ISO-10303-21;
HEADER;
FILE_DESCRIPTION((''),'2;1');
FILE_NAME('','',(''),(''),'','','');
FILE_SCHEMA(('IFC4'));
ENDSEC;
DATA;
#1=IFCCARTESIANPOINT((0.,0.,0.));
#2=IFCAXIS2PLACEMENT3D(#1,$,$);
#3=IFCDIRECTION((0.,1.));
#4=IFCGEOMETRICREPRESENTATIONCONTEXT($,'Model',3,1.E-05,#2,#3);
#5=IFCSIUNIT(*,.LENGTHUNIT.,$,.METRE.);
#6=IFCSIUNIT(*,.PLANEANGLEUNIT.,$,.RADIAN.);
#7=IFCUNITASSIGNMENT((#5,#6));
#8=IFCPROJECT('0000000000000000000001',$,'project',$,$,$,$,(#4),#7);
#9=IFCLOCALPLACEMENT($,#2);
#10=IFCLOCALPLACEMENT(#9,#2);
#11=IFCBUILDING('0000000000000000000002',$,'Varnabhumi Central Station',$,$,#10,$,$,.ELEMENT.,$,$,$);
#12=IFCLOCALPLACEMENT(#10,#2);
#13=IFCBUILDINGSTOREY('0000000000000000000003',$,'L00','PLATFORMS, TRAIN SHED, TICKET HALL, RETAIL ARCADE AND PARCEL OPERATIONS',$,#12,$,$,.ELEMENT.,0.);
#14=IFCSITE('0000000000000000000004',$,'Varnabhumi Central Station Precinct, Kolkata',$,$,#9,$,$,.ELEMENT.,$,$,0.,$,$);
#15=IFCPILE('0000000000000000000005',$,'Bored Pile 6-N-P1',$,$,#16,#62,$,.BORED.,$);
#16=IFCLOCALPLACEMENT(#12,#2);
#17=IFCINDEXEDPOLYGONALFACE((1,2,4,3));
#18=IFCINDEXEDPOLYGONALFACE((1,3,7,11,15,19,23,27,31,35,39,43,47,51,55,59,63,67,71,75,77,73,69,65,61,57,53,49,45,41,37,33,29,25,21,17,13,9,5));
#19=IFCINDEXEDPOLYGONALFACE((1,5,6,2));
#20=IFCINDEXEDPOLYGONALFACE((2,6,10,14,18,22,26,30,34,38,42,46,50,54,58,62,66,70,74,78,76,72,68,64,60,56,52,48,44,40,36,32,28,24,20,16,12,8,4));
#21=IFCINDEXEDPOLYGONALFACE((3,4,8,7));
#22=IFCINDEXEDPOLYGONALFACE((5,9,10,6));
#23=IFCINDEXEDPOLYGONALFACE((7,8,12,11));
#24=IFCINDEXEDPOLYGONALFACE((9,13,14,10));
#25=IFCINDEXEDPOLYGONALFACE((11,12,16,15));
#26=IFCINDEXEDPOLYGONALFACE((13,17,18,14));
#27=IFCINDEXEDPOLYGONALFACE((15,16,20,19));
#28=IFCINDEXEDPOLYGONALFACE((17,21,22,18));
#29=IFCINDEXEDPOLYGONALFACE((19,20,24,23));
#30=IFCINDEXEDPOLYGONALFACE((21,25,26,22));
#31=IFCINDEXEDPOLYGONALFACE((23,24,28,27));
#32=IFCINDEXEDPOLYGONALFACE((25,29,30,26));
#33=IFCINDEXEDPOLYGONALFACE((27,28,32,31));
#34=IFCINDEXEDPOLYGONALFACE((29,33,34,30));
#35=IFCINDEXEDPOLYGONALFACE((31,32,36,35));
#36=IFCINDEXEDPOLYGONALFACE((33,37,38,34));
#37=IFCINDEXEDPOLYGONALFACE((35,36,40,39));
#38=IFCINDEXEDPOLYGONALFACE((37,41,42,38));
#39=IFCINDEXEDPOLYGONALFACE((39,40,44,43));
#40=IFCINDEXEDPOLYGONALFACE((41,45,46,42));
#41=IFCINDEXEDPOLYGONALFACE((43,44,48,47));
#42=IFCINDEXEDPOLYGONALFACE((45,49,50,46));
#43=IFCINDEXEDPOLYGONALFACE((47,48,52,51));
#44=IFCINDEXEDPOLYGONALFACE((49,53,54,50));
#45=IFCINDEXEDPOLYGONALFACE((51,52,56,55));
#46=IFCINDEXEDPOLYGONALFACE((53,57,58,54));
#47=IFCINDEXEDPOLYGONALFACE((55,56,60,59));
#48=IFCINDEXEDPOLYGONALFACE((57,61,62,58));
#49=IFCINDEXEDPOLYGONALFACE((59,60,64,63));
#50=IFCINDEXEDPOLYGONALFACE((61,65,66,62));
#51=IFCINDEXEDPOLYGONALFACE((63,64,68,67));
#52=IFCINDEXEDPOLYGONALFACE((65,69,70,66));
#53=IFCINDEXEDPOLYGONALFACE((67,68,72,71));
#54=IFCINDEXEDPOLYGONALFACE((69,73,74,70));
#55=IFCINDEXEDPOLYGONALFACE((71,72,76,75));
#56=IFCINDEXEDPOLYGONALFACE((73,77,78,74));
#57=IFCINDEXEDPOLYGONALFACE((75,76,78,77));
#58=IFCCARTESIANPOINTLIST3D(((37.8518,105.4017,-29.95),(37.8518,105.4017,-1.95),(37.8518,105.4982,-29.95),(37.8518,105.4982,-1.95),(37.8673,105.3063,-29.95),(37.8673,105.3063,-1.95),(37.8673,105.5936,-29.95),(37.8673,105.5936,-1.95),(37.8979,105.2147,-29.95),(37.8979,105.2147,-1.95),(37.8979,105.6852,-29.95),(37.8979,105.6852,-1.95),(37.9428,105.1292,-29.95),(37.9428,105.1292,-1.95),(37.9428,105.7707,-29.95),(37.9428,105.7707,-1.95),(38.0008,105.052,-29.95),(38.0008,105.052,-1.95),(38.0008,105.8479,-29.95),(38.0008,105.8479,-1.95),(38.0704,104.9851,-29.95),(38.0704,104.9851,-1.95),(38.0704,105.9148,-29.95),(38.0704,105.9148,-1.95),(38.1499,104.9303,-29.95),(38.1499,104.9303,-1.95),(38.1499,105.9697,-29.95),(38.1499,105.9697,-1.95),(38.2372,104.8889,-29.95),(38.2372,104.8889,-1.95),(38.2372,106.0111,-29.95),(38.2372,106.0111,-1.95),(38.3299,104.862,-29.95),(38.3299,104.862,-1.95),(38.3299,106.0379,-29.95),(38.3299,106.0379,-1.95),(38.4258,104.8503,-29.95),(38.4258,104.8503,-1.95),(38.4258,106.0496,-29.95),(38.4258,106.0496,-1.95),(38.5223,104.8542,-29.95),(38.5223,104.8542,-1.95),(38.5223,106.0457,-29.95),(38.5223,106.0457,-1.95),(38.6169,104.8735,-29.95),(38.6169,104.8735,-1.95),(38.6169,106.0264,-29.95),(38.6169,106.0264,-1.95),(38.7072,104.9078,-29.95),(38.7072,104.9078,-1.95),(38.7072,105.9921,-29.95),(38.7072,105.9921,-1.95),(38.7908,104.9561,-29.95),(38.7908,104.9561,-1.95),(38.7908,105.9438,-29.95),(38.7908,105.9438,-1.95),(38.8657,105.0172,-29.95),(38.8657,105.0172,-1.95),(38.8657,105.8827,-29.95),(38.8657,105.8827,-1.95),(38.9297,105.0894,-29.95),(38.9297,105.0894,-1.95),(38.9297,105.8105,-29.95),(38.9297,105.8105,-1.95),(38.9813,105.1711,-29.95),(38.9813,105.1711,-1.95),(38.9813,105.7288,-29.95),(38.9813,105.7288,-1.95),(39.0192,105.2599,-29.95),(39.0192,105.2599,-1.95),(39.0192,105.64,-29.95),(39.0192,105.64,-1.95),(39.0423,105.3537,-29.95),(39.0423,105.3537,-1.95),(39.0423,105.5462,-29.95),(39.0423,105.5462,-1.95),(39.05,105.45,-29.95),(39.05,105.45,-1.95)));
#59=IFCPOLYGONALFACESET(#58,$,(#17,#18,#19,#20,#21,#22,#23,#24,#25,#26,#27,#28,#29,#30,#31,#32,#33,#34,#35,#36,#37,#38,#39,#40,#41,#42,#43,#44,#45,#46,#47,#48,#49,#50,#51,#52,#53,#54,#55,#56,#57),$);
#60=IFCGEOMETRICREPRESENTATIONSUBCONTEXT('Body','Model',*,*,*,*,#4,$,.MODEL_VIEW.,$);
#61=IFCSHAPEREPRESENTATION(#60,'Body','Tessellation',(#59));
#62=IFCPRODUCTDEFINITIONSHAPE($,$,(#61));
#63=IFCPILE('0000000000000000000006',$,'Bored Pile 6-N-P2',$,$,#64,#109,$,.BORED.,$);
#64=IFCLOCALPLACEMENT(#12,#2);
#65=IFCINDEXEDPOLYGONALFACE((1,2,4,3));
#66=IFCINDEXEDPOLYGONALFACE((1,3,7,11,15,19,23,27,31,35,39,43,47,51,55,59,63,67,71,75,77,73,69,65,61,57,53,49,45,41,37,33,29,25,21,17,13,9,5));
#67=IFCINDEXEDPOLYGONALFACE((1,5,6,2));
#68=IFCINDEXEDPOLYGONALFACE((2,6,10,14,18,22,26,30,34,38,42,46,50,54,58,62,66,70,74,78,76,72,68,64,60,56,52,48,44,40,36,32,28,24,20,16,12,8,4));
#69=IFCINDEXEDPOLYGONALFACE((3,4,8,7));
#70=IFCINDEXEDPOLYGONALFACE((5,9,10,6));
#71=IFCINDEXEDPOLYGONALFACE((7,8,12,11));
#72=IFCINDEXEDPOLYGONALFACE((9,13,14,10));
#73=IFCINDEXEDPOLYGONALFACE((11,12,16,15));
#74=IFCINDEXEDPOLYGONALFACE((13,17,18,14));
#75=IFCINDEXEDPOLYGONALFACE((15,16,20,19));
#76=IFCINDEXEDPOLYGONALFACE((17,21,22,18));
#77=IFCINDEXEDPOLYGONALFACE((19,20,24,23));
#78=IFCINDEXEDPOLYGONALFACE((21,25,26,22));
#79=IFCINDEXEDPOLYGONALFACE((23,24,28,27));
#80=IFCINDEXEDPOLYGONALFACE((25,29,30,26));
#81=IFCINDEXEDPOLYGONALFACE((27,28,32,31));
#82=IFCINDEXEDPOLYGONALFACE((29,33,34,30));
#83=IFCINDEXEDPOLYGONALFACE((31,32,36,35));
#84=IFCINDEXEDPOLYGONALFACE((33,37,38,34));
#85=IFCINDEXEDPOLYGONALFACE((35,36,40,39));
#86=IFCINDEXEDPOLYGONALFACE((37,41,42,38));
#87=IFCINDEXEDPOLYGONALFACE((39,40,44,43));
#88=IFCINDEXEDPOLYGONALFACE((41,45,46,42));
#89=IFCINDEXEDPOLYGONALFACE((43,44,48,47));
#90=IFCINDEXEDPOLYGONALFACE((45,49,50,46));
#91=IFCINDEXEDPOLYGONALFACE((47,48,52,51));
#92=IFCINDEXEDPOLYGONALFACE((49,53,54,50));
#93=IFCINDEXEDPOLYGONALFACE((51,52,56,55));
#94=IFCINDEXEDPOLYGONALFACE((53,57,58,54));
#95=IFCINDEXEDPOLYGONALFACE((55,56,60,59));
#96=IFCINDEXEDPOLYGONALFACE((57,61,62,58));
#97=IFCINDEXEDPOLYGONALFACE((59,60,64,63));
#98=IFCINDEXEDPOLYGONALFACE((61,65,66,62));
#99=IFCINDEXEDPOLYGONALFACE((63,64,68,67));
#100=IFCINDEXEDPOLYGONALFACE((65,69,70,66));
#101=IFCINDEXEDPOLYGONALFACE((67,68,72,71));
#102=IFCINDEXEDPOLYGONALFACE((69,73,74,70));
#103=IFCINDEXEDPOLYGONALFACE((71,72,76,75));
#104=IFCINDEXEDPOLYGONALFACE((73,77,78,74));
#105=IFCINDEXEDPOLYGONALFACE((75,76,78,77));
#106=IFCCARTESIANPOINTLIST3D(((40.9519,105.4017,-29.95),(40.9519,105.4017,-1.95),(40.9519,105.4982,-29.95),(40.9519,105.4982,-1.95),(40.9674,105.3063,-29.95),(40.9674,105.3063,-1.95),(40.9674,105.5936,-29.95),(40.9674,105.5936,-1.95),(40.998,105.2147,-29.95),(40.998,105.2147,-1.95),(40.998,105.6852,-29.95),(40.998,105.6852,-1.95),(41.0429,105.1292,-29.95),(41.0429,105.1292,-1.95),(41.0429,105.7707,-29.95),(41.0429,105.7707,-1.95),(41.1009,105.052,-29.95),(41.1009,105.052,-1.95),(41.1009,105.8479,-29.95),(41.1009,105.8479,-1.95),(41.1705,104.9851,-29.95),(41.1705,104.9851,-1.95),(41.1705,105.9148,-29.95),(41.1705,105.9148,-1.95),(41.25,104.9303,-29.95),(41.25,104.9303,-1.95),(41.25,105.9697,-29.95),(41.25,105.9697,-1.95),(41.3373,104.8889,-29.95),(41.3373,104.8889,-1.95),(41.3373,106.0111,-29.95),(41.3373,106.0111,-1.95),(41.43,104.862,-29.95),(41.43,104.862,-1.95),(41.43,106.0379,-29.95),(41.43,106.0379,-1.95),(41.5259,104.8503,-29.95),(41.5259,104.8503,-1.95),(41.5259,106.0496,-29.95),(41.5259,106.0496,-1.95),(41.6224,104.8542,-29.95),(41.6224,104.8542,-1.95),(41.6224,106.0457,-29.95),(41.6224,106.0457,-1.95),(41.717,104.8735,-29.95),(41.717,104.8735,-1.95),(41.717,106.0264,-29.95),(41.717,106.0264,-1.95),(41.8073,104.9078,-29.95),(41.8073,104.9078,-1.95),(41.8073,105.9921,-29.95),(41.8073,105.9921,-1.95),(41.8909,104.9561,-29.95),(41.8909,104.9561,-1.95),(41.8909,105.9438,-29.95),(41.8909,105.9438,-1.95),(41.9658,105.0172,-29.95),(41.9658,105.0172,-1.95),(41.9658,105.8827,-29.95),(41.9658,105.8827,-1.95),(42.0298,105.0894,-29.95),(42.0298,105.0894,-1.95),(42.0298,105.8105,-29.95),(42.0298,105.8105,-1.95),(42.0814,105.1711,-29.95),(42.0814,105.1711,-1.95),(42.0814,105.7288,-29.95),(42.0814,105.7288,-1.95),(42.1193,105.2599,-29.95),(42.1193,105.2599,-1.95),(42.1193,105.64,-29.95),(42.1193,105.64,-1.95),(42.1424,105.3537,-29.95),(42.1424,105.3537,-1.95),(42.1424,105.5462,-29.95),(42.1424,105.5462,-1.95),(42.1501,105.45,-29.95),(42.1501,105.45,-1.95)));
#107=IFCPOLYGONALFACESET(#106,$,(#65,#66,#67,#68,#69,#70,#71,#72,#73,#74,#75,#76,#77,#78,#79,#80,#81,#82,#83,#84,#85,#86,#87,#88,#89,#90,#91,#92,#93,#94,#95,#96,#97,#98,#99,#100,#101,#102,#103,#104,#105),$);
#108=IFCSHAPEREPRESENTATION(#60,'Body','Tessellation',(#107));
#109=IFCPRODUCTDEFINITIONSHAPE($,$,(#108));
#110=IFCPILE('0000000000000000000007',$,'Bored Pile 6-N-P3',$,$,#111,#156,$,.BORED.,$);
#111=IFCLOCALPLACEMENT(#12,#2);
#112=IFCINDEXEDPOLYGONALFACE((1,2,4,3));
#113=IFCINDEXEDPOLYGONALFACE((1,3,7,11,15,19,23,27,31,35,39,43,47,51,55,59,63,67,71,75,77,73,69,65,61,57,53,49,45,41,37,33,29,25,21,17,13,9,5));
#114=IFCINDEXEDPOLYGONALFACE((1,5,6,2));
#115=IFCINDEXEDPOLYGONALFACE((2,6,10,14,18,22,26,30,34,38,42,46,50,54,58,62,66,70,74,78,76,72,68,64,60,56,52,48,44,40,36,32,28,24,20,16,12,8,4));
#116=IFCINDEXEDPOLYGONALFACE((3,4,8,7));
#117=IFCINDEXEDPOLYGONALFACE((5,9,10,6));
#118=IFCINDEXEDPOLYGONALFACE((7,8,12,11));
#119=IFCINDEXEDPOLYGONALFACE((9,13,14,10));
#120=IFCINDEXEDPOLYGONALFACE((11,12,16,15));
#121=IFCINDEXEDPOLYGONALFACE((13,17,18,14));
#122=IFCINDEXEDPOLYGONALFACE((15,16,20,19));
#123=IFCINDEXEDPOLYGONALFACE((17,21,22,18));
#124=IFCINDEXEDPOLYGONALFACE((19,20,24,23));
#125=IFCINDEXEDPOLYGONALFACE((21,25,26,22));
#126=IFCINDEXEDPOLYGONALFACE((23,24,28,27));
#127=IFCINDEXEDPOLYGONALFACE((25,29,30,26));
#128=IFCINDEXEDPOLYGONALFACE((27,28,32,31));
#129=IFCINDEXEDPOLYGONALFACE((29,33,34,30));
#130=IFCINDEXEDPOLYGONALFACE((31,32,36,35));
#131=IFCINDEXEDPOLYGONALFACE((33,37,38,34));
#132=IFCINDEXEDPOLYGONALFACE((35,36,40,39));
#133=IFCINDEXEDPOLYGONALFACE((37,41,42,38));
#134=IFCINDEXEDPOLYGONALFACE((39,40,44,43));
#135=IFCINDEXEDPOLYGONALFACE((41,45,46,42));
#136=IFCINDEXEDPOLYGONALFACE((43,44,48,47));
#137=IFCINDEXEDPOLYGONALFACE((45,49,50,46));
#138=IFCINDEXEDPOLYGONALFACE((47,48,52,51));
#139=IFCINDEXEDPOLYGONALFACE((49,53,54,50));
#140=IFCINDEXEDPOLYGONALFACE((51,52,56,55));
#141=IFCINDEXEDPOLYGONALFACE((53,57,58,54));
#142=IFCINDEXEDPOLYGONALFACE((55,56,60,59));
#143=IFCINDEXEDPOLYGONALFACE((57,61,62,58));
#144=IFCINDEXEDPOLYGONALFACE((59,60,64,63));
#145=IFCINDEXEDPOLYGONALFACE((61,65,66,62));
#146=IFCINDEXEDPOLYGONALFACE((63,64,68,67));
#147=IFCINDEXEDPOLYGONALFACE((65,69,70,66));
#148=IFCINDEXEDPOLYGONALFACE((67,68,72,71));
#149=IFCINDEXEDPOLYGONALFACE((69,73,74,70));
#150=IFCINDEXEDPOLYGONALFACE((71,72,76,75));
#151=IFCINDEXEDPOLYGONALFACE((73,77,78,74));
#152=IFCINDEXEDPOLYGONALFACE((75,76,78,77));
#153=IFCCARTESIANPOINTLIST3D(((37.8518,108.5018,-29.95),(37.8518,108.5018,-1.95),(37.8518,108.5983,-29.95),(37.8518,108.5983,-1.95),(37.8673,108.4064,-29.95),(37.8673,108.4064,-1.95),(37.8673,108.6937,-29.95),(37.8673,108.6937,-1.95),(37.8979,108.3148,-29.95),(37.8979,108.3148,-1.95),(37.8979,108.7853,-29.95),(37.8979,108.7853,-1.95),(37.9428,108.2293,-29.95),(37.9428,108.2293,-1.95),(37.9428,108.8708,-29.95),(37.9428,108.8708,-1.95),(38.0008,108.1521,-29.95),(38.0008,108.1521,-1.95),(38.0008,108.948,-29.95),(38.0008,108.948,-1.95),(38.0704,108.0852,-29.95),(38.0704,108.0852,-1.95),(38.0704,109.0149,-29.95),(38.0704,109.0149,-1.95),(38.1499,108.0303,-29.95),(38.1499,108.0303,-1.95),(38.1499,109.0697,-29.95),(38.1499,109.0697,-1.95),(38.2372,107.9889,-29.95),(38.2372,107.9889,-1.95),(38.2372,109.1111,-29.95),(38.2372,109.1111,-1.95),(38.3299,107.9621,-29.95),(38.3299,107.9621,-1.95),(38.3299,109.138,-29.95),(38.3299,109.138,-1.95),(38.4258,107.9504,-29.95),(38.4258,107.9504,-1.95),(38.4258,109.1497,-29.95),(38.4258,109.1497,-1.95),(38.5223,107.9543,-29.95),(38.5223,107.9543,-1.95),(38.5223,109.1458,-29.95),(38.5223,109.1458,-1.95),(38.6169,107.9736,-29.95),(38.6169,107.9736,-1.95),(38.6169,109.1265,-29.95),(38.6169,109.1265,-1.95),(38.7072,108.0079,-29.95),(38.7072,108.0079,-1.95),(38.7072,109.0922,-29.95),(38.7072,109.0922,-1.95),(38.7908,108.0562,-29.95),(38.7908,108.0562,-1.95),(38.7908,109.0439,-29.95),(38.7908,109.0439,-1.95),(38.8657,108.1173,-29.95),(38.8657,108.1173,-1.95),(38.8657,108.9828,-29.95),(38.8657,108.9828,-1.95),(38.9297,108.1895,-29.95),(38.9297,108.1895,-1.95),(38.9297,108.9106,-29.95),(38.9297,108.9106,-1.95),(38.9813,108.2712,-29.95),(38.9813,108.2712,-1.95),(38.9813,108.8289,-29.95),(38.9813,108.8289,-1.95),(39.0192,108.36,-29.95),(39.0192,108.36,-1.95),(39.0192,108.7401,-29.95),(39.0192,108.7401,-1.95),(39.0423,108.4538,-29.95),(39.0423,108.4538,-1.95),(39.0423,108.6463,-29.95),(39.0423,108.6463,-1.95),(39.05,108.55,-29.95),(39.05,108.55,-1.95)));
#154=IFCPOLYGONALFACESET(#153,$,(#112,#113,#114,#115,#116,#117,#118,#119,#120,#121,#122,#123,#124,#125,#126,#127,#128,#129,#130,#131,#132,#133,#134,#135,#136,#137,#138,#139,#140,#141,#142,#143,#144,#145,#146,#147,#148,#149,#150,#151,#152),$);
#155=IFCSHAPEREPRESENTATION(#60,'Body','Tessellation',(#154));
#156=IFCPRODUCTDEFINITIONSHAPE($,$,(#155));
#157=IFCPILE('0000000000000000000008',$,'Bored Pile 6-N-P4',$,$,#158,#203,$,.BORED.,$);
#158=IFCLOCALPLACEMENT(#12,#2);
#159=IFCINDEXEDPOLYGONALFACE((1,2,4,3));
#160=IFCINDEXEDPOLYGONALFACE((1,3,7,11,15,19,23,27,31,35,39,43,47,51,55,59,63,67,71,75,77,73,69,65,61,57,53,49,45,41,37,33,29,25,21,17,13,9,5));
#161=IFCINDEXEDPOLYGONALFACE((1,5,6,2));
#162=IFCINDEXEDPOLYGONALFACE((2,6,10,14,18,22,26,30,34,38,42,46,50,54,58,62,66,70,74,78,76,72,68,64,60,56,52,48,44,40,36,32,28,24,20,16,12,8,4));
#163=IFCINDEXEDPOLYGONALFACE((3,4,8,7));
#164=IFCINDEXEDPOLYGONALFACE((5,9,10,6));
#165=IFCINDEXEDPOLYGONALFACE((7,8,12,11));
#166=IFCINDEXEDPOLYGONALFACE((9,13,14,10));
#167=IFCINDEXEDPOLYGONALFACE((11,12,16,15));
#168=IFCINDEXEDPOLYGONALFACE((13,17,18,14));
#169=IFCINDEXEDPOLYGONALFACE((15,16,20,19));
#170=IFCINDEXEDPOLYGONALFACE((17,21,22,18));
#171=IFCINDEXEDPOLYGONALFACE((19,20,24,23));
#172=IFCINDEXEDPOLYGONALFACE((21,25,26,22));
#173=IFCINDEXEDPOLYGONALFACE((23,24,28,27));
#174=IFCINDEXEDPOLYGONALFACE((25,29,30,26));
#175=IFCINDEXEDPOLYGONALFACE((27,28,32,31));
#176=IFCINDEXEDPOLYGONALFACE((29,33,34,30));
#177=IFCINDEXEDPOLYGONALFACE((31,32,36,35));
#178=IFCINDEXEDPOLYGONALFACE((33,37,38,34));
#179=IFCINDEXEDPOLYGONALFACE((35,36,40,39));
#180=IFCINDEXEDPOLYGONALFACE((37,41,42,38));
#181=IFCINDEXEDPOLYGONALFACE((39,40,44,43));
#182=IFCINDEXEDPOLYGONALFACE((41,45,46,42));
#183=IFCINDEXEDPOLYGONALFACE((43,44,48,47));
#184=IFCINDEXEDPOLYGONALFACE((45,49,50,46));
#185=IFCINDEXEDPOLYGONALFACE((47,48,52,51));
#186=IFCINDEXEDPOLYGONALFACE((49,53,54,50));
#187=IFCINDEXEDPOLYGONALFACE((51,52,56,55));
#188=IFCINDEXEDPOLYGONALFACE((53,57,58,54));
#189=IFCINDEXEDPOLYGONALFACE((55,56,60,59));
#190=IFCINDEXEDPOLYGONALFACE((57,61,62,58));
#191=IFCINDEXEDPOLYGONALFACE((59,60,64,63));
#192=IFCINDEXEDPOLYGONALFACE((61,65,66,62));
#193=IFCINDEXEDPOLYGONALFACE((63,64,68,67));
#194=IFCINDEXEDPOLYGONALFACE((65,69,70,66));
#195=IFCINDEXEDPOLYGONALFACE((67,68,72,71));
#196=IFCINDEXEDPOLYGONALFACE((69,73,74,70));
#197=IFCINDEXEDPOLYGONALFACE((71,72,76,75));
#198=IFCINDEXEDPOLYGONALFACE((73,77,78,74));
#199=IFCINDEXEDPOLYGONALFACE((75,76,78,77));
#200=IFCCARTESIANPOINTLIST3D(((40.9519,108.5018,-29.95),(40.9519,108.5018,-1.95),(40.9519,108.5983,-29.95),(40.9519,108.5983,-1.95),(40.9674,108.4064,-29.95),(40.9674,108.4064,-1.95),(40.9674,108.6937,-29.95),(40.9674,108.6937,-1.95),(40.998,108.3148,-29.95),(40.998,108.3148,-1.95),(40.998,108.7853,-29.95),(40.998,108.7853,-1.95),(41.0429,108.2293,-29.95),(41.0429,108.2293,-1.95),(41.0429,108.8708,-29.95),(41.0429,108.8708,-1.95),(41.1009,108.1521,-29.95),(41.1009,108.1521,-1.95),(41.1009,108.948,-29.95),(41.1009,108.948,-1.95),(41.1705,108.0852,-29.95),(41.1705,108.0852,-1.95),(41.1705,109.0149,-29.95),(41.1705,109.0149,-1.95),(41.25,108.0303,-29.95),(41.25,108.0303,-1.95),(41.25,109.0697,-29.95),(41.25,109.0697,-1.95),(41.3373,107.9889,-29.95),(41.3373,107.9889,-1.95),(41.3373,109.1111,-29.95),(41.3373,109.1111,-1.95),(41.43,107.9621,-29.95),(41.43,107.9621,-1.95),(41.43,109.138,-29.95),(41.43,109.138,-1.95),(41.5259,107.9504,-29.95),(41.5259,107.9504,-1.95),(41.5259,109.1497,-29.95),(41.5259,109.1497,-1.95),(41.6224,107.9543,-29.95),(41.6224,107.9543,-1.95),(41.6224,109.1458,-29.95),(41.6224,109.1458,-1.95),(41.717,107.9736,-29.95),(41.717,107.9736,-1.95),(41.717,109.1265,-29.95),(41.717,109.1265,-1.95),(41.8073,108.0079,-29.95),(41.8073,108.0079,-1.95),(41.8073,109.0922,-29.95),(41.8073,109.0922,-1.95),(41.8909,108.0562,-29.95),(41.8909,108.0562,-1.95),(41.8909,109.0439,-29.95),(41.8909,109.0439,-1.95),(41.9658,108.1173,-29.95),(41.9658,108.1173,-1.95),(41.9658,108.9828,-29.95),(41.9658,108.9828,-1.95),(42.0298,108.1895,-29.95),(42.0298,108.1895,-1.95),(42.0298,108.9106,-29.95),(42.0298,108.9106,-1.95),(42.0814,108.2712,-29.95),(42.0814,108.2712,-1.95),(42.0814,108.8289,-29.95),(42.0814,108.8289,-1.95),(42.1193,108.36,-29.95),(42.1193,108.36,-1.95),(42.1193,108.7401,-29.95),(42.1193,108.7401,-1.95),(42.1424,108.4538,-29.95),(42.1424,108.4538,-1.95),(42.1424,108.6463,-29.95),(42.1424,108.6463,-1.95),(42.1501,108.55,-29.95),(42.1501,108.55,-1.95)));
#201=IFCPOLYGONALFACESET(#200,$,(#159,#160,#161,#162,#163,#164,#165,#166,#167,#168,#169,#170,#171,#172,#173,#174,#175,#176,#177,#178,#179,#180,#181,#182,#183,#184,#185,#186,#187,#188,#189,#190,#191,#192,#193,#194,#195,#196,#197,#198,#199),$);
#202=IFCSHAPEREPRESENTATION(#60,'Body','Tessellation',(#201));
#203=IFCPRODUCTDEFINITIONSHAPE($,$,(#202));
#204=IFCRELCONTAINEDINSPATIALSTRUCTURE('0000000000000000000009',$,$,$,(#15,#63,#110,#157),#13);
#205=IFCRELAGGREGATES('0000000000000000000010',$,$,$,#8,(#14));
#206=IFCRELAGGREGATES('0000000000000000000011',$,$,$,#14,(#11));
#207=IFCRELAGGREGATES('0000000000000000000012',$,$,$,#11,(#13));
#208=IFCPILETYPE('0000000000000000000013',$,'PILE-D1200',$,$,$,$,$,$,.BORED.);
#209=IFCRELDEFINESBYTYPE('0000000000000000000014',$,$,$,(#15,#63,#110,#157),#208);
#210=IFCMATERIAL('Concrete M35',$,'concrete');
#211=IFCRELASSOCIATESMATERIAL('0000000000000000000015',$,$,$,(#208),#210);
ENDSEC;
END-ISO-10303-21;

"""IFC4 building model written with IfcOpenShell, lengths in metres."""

from ifc_helpers import new_model, si_unit, direction, frame, origin, origin_2d, place, context, subcontext, project, spatial, circle, extrude, material, material_profile, profile_set, type_object, element, save


model = new_model("IFC4")

# Units and contexts
model_context = context("Model", 3, precision=1e-05, world=origin(), true_north=direction((0.0, 1.0)))
body_context = subcontext(model_context, "Body", "Model", "MODEL_VIEW")
ifc_project = project(units=[si_unit("LENGTHUNIT", "METRE"), si_unit("PLANEANGLEUNIT", "RADIAN")], contexts=[model_context])

# Site, building, storey
site_placement = place(None, origin())
site = spatial("IfcSite", under=ifc_project, at=site_placement, Name="Varnabhumi Central Station Precinct, Kolkata", CompositionType="ELEMENT", RefElevation=0.0)
building_placement = place(site_placement, origin())
building = spatial("IfcBuilding", under=site, at=building_placement, Name="Varnabhumi Central Station", CompositionType="ELEMENT")
storey_placement = place(building_placement, origin())
storey = spatial("IfcBuildingStorey", under=building, at=storey_placement, Name="L00", Description="PLATFORMS, TRAIN SHED, TICKET HALL, RETAIL ARCADE AND PARCEL OPERATIONS", CompositionType="ELEMENT", Elevation=0.0)

# Piles
ifc_material_1 = material(Name="Concrete M35", Category="concrete")
ifc_material_profile_1 = material_profile(ifc_material_1, circle(Radius=0.6001, at=origin_2d()), Name="Concrete M35", Category="concrete")
ifc_profile_set_1 = profile_set([ifc_material_profile_1], Name="Concrete M35")
pile_type_1 = type_object("IfcPileType", Name="PILE-D1200", PredefinedType="BORED", material=ifc_profile_set_1)
for number, where, z_axis, x_axis, name in (
    (1, (38.45, 105.45, -1.95), (0.0, 0.0, -1.0), (1.0, 0.0, 0.0), "Bored Pile 6-N-P1"),
    (2, (41.55, 105.45, -1.95), (0.0, 0.0, -1.0), (1.0, 0.0, 0.0), "Bored Pile 6-N-P2"),
    (3, (38.45, 108.55, -1.95), (0.0, 0.0, -1.0), (1.0, 0.0, 0.0), "Bored Pile 6-N-P3"),
    (4, (41.55, 108.55, -1.95), (0.0, 0.0, -1.0), (1.0, 0.0, 0.0), "Bored Pile 6-N-P4"),
):
    element("IfcPile", number, at=place(storey_placement, frame(where, z_axis=z_axis, x_axis=x_axis)), inside=storey, type_object=pile_type_1, Name=name, PredefinedType="BORED", context=body_context, shape_type="SweptSolid", body=[
        extrude(circle(Radius=0.6001, at=origin_2d()), origin(), (0.0, 0.0, 1.0), 28.0),
    ])

save(model, "model.ifc")
